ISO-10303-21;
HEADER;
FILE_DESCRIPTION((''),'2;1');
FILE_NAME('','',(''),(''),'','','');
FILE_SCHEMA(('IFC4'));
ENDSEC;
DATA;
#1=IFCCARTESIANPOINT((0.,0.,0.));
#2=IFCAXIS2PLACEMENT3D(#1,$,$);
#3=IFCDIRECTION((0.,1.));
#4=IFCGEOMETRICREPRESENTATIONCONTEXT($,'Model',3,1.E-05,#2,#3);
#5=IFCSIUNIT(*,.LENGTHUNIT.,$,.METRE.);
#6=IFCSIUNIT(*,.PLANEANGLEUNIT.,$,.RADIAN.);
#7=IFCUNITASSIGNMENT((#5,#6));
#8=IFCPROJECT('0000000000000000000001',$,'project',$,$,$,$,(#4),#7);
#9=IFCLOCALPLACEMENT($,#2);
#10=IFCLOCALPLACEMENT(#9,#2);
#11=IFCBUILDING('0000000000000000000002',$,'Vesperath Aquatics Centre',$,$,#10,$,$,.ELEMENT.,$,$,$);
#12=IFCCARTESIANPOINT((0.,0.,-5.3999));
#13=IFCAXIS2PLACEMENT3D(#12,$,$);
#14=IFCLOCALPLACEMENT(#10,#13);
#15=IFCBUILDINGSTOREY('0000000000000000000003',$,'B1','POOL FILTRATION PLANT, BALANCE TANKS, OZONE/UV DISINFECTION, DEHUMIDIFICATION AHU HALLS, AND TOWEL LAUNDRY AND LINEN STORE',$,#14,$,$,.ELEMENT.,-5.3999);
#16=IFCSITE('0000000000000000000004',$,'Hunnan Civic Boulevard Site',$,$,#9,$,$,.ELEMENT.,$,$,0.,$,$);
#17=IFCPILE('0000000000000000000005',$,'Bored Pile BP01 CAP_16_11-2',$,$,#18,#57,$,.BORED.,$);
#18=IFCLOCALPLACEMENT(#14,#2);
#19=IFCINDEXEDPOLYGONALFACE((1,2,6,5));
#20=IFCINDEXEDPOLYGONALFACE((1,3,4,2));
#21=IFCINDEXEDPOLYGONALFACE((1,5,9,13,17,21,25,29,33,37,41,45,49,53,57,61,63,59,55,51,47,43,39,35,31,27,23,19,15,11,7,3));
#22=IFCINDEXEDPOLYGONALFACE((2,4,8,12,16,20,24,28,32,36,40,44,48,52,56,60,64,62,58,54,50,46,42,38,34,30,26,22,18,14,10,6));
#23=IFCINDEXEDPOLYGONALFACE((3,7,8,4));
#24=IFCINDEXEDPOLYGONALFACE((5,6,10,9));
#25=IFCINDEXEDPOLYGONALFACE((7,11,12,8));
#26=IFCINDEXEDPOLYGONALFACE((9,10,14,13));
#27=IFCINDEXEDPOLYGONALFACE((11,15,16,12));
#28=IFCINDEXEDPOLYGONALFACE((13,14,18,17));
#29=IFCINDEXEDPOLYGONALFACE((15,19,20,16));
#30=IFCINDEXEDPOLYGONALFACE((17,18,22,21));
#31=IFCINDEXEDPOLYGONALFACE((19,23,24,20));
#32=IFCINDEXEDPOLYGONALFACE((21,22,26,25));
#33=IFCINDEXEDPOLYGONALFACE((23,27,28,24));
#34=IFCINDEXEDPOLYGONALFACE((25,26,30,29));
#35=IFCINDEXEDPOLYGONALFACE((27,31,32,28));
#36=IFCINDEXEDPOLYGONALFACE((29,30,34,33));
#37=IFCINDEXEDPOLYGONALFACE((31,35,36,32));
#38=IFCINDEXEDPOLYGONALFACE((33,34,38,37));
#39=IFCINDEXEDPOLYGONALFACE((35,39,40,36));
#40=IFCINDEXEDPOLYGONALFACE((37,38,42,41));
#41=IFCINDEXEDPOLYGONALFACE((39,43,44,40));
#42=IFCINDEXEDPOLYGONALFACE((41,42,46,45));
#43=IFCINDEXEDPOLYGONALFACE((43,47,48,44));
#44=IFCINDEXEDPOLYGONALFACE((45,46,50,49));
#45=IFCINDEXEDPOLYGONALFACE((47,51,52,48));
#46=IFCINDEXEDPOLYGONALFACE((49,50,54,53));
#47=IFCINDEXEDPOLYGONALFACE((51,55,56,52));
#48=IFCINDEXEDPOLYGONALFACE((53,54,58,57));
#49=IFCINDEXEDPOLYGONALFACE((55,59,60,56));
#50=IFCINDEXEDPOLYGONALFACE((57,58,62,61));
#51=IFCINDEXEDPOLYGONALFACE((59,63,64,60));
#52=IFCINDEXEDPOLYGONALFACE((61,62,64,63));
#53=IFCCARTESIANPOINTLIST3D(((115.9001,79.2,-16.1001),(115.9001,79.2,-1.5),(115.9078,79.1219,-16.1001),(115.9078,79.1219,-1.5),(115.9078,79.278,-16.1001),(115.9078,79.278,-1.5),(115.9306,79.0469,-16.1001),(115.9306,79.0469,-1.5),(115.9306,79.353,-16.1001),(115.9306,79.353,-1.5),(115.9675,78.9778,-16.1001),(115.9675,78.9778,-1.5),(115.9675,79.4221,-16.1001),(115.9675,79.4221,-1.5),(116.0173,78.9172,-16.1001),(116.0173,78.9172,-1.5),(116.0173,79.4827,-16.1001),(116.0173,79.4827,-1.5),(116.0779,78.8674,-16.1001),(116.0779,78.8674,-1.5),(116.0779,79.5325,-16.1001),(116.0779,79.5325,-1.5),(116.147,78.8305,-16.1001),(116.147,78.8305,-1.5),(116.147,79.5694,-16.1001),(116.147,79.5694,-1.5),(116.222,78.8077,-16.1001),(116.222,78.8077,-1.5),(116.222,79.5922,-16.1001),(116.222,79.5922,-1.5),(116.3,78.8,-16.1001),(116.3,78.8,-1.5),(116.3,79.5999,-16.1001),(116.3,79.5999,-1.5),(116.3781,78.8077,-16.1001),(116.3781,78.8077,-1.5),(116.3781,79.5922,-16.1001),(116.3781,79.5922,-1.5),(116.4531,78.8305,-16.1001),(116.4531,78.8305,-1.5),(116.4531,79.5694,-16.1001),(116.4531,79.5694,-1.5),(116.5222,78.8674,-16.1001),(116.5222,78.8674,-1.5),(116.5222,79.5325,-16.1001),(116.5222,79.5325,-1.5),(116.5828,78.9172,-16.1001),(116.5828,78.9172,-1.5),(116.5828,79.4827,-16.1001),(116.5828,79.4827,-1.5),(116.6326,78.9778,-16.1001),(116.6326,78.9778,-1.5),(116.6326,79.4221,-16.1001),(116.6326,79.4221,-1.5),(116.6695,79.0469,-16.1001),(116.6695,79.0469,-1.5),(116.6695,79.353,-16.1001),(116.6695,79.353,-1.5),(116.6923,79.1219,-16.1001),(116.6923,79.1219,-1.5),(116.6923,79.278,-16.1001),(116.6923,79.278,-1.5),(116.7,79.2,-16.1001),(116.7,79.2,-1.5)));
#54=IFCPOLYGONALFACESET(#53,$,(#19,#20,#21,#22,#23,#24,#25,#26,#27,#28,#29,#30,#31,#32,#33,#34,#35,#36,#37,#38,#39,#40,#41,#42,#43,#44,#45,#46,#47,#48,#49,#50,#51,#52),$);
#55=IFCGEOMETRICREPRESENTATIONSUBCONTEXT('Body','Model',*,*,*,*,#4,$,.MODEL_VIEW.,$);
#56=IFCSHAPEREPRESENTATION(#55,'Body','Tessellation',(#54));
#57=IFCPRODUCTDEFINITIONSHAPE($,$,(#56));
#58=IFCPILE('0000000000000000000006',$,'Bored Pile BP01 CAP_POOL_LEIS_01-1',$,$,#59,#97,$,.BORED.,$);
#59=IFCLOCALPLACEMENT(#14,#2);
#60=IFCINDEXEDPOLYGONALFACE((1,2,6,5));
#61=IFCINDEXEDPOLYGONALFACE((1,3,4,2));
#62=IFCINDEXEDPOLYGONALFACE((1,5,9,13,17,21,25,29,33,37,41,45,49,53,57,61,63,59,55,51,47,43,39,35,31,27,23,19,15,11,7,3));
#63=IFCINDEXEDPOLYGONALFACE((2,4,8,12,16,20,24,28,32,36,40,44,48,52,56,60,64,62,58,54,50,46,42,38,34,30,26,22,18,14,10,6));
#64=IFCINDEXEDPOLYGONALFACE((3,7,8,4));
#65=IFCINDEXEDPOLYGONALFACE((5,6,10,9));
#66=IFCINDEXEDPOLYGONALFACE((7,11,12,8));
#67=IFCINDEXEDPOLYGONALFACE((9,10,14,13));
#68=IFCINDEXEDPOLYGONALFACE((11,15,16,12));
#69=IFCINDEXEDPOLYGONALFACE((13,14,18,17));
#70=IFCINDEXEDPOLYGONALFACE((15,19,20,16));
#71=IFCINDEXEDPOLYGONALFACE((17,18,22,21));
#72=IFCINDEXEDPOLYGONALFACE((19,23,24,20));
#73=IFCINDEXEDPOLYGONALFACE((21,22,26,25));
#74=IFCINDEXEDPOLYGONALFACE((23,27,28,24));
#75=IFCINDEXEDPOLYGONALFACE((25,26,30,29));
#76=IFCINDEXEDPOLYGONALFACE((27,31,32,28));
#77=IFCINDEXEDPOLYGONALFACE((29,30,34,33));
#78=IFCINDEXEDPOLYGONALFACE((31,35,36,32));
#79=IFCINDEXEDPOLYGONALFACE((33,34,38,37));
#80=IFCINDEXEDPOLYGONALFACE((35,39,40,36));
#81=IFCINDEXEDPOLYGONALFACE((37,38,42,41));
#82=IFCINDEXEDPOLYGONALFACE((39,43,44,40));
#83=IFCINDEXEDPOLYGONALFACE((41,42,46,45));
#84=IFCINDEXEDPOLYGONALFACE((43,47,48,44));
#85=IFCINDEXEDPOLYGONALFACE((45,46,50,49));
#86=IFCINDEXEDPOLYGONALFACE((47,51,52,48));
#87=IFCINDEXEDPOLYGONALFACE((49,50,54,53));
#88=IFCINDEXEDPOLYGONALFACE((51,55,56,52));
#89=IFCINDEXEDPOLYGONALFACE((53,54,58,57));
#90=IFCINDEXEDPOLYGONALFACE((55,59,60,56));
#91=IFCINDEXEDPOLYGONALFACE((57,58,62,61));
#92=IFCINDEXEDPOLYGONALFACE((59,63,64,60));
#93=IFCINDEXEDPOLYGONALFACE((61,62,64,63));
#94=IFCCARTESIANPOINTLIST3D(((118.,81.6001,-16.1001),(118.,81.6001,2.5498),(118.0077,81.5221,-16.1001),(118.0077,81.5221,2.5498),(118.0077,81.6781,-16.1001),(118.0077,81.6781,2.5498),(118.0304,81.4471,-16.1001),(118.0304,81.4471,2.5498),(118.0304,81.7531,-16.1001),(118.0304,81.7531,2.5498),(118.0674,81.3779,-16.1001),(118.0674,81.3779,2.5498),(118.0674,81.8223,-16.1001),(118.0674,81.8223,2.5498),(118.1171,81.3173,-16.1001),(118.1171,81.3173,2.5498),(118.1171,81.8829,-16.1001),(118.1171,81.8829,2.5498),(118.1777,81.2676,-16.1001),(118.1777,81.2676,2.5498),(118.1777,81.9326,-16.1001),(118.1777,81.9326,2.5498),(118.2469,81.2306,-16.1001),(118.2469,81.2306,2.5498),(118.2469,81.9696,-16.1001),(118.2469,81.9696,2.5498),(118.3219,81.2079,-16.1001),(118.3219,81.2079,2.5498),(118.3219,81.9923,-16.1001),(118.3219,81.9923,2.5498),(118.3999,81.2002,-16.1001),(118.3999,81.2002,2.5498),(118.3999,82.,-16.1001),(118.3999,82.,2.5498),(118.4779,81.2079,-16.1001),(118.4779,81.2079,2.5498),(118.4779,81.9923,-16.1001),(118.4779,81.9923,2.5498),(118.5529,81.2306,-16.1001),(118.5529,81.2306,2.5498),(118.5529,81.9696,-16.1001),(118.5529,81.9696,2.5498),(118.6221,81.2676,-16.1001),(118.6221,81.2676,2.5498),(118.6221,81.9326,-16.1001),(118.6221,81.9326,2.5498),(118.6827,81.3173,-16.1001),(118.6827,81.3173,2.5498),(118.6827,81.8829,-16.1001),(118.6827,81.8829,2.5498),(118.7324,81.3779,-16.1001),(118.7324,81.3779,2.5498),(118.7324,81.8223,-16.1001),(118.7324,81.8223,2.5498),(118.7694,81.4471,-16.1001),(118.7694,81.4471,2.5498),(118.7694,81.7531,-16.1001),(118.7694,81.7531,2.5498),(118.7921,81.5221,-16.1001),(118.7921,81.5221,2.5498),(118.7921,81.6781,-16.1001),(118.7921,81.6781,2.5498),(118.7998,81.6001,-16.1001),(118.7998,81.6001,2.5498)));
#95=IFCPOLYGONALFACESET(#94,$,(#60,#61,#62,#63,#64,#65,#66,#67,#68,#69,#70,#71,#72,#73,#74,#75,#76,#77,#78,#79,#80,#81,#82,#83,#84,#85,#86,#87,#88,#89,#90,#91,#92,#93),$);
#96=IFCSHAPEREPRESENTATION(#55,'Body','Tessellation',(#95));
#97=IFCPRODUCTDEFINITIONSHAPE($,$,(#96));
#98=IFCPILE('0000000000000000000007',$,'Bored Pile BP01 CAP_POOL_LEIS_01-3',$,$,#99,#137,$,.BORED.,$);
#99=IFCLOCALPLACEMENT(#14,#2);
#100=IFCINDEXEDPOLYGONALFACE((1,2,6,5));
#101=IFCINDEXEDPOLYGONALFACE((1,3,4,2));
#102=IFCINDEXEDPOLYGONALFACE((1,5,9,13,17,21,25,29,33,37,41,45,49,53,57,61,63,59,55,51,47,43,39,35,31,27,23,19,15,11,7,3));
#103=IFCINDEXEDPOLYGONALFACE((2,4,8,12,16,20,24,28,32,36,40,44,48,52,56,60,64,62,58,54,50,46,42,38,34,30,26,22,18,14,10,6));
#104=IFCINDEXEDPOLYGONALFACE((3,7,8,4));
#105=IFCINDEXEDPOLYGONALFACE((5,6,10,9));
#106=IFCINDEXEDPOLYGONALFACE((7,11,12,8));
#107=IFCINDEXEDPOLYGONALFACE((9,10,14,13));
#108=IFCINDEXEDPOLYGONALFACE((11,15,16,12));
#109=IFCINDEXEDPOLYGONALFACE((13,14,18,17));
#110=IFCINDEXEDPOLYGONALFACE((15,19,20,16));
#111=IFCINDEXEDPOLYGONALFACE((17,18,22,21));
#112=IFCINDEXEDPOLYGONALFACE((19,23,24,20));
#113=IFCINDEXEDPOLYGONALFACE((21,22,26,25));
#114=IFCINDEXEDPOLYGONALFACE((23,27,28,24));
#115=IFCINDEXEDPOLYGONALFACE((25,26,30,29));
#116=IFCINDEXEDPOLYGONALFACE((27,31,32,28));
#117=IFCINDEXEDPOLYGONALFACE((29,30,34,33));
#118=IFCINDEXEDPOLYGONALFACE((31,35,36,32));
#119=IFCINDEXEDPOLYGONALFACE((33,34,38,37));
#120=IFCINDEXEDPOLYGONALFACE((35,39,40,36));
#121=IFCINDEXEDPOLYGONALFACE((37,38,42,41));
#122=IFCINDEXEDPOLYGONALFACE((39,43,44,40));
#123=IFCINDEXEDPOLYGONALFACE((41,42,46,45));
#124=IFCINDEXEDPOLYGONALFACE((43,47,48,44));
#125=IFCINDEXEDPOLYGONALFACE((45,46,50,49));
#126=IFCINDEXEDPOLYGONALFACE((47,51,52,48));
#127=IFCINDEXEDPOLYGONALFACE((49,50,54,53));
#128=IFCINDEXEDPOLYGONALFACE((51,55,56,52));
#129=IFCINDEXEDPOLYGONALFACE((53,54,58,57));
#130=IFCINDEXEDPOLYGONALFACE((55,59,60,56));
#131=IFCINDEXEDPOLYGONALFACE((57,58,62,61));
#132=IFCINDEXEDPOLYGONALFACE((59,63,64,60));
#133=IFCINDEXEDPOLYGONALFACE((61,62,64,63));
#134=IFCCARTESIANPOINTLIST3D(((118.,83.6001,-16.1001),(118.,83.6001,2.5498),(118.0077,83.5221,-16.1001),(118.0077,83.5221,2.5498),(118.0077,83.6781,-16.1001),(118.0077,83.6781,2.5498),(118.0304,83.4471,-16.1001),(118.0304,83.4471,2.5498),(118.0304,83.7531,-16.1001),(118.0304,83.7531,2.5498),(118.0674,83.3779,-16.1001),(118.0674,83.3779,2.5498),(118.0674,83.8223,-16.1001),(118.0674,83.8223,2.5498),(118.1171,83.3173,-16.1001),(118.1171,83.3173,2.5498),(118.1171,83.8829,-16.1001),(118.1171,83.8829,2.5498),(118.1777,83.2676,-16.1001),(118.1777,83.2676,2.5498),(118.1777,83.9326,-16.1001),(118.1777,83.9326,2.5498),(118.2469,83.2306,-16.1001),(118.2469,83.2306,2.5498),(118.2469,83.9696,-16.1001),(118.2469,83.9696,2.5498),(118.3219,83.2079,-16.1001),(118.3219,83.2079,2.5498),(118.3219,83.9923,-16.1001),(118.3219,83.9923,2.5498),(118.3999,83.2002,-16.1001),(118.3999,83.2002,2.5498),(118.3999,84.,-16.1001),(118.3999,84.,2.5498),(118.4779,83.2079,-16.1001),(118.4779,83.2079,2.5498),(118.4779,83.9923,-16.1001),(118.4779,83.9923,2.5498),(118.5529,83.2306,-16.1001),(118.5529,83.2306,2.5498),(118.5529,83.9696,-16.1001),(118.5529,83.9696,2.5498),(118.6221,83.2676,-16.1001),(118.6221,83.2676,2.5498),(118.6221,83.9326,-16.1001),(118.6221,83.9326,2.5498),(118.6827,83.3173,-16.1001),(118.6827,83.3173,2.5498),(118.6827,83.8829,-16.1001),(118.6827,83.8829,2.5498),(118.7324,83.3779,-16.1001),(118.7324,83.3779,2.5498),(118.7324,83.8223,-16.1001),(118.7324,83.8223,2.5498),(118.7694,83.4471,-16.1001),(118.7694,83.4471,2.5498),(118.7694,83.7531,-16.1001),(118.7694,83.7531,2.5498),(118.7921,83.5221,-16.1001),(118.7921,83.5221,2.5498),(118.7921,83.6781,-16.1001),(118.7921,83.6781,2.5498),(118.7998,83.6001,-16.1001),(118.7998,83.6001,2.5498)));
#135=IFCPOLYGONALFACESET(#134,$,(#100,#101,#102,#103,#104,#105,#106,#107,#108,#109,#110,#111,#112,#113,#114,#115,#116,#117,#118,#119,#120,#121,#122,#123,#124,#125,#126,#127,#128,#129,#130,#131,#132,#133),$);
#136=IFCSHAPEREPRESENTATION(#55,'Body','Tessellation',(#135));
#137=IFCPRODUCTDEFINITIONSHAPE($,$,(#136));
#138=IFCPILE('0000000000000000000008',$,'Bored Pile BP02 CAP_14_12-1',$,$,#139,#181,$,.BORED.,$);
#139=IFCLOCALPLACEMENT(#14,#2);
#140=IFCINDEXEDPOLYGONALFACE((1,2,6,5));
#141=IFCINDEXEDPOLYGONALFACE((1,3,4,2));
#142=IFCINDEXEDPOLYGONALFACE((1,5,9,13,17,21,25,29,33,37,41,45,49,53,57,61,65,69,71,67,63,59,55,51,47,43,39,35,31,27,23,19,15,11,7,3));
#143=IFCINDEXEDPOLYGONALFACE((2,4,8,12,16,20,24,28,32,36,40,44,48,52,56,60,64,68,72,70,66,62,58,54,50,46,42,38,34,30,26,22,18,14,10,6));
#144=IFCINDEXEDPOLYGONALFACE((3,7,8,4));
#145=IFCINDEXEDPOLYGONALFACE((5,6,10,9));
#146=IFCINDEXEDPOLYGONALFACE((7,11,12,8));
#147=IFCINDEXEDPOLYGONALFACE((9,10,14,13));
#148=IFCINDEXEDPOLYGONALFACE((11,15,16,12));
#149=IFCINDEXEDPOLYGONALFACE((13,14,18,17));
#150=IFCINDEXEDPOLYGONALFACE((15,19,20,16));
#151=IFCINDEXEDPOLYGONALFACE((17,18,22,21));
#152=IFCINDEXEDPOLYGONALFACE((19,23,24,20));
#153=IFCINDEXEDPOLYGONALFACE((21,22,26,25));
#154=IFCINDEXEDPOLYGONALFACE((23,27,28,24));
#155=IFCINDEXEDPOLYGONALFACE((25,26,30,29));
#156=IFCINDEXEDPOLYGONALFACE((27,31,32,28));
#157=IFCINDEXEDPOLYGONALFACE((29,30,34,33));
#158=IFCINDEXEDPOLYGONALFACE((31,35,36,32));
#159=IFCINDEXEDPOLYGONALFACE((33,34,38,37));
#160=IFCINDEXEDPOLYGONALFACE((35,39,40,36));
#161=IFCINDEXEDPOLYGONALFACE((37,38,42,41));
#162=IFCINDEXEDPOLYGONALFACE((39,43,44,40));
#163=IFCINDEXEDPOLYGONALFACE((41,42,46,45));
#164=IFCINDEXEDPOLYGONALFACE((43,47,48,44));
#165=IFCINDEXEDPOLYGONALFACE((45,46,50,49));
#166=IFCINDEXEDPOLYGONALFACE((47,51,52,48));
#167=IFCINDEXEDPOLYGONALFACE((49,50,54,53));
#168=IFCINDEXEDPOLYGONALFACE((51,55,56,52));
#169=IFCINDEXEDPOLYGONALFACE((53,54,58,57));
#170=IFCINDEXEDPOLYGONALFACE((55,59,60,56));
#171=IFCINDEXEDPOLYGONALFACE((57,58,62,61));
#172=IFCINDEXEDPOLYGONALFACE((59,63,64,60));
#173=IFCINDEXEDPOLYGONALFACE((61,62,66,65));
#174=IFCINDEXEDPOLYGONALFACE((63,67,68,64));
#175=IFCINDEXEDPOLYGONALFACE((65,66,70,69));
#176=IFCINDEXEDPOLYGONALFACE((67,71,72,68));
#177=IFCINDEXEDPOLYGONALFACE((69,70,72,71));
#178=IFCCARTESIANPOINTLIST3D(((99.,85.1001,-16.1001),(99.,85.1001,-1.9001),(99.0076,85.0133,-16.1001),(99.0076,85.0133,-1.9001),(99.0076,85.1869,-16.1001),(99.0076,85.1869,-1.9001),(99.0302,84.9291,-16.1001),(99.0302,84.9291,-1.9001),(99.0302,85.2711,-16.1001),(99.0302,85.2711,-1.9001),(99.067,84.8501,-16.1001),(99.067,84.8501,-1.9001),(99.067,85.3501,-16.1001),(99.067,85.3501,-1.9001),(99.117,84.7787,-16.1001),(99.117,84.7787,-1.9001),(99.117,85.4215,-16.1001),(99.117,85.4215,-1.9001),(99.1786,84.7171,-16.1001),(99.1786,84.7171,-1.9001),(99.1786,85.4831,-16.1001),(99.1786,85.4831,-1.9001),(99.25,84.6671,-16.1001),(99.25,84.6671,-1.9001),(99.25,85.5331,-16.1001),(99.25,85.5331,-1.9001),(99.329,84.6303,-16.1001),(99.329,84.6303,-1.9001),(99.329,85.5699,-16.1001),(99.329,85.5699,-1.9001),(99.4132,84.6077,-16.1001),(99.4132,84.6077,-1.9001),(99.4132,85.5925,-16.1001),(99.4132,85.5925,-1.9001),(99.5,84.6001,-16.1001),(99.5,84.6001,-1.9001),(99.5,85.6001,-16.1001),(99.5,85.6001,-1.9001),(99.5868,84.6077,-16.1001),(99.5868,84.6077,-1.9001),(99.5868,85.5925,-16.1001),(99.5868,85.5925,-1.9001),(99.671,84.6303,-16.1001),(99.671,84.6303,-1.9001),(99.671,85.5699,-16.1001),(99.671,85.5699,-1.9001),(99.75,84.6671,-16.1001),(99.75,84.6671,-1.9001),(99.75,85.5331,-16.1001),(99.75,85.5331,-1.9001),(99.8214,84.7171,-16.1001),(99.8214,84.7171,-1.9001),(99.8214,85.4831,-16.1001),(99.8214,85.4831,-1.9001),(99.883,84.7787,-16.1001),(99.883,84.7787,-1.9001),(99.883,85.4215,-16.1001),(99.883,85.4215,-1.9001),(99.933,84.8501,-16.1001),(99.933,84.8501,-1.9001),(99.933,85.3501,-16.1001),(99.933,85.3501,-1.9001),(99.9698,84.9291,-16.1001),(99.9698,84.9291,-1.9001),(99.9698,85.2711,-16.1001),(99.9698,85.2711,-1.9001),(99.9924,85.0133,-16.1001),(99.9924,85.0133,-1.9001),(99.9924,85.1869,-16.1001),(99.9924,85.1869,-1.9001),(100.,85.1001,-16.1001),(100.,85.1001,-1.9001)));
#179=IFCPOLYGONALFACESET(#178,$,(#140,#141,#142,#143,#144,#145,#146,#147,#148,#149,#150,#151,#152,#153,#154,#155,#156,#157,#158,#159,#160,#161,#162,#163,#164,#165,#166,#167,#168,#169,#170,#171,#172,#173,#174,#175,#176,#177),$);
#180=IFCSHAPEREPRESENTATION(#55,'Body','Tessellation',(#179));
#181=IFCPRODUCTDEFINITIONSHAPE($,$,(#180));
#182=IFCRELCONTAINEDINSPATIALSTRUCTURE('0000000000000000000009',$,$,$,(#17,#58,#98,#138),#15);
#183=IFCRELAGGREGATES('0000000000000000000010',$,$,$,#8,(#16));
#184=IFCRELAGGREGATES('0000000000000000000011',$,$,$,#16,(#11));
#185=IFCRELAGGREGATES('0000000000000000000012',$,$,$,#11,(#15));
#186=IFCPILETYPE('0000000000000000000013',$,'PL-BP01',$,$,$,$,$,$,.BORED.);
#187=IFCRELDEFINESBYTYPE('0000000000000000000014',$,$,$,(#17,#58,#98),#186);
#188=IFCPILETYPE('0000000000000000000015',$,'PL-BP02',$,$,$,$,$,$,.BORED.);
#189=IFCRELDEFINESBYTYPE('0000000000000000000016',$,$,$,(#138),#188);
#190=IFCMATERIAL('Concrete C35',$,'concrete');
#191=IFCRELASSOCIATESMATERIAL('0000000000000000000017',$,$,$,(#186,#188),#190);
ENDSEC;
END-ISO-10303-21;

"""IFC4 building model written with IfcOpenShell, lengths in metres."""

from ifc_helpers import new_model, si_unit, direction, frame, origin, origin_2d, place, context, subcontext, project, spatial, circle, extrude, material, material_profile, profile_set, type_object, element, save


model = new_model("IFC4")

# Units and contexts
model_context = context("Model", 3, precision=1e-05, world=origin(), true_north=direction((0.0, 1.0)))
body_context = subcontext(model_context, "Body", "Model", "MODEL_VIEW")
ifc_project = project(units=[si_unit("LENGTHUNIT", "METRE"), si_unit("PLANEANGLEUNIT", "RADIAN")], contexts=[model_context])

# Site, building, storey
site_placement = place(None, origin())
site = spatial("IfcSite", under=ifc_project, at=site_placement, Name="Hunnan Civic Boulevard Site", CompositionType="ELEMENT", RefElevation=0.0)
building_placement = place(site_placement, origin())
building = spatial("IfcBuilding", under=site, at=building_placement, Name="Vesperath Aquatics Centre", CompositionType="ELEMENT")
storey_placement = place(building_placement, frame((0.0, 0.0, -5.3999)))
storey = spatial("IfcBuildingStorey", under=building, at=storey_placement, Name="B1", Description="POOL FILTRATION PLANT, BALANCE TANKS, OZONE/UV DISINFECTION, DEHUMIDIFICATION AHU HALLS, AND TOWEL LAUNDRY AND LINEN STORE", CompositionType="ELEMENT", Elevation=-5.3999)

# Piles
ifc_material_1 = material(Name="Concrete C35", Category="concrete")
ifc_material_profile_1 = material_profile(ifc_material_1, circle(Radius=0.3999, at=origin_2d()), Name="PILE D800")
ifc_profile_set_1 = profile_set([ifc_material_profile_1], Name="Concrete C35")
pile_type_1 = type_object("IfcPileType", Name="PL-BP01", PredefinedType="BORED", material=ifc_profile_set_1)
for number, where, z_axis, x_axis, name in (
    (1, (116.3, 79.2, -1.5), (0.0, 0.0, -1.0), (1.0, 0.0, 0.0), "Bored Pile BP01 CAP_16_11-2"),
):
    element("IfcPile", number, at=place(storey_placement, frame(where, z_axis=z_axis, x_axis=x_axis)), inside=storey, type_object=pile_type_1, Name=name, PredefinedType="BORED", context=body_context, shape_type="SweptSolid", body=[
        extrude(circle(Radius=0.3999, at=origin_2d()), origin(), (0.0, 0.0, 1.0), 14.6001),
    ])
for number, where, z_axis, x_axis, name in (
    (2, (118.3999, 81.6001, 2.5498), (0.0, 0.0, -1.0), (1.0, 0.0, 0.0), "Bored Pile BP01 CAP_POOL_LEIS_01-1"),
    (3, (118.3999, 83.6001, 2.5498), (0.0, 0.0, -1.0), (1.0, 0.0, 0.0), "Bored Pile BP01 CAP_POOL_LEIS_01-3"),
):
    element("IfcPile", number, at=place(storey_placement, frame(where, z_axis=z_axis, x_axis=x_axis)), inside=storey, type_object=pile_type_1, Name=name, PredefinedType="BORED", context=body_context, shape_type="SweptSolid", body=[
        extrude(circle(Radius=0.3999, at=origin_2d()), origin(), (0.0, 0.0, 1.0), 18.6499),
    ])
ifc_material_profile_2 = material_profile(ifc_material_1, circle(Radius=0.5, at=origin_2d()), Name="PILE D1000")
ifc_profile_set_2 = profile_set([ifc_material_profile_2], Name="Concrete C35")
pile_type_2 = type_object("IfcPileType", Name="PL-BP02", PredefinedType="BORED", material=ifc_profile_set_2)
for number, where, z_axis, x_axis, name in (
    (4, (99.5, 85.1001, -1.9001), (0.0, 0.0, -1.0), (1.0, 0.0, 0.0), "Bored Pile BP02 CAP_14_12-1"),
):
    element("IfcPile", number, at=place(storey_placement, frame(where, z_axis=z_axis, x_axis=x_axis)), inside=storey, type_object=pile_type_2, Name=name, PredefinedType="BORED", context=body_context, shape_type="SweptSolid", body=[
        extrude(circle(Radius=0.5, at=origin_2d()), origin(), (0.0, 0.0, 1.0), 14.2),
    ])

save(model, "model.ifc")
